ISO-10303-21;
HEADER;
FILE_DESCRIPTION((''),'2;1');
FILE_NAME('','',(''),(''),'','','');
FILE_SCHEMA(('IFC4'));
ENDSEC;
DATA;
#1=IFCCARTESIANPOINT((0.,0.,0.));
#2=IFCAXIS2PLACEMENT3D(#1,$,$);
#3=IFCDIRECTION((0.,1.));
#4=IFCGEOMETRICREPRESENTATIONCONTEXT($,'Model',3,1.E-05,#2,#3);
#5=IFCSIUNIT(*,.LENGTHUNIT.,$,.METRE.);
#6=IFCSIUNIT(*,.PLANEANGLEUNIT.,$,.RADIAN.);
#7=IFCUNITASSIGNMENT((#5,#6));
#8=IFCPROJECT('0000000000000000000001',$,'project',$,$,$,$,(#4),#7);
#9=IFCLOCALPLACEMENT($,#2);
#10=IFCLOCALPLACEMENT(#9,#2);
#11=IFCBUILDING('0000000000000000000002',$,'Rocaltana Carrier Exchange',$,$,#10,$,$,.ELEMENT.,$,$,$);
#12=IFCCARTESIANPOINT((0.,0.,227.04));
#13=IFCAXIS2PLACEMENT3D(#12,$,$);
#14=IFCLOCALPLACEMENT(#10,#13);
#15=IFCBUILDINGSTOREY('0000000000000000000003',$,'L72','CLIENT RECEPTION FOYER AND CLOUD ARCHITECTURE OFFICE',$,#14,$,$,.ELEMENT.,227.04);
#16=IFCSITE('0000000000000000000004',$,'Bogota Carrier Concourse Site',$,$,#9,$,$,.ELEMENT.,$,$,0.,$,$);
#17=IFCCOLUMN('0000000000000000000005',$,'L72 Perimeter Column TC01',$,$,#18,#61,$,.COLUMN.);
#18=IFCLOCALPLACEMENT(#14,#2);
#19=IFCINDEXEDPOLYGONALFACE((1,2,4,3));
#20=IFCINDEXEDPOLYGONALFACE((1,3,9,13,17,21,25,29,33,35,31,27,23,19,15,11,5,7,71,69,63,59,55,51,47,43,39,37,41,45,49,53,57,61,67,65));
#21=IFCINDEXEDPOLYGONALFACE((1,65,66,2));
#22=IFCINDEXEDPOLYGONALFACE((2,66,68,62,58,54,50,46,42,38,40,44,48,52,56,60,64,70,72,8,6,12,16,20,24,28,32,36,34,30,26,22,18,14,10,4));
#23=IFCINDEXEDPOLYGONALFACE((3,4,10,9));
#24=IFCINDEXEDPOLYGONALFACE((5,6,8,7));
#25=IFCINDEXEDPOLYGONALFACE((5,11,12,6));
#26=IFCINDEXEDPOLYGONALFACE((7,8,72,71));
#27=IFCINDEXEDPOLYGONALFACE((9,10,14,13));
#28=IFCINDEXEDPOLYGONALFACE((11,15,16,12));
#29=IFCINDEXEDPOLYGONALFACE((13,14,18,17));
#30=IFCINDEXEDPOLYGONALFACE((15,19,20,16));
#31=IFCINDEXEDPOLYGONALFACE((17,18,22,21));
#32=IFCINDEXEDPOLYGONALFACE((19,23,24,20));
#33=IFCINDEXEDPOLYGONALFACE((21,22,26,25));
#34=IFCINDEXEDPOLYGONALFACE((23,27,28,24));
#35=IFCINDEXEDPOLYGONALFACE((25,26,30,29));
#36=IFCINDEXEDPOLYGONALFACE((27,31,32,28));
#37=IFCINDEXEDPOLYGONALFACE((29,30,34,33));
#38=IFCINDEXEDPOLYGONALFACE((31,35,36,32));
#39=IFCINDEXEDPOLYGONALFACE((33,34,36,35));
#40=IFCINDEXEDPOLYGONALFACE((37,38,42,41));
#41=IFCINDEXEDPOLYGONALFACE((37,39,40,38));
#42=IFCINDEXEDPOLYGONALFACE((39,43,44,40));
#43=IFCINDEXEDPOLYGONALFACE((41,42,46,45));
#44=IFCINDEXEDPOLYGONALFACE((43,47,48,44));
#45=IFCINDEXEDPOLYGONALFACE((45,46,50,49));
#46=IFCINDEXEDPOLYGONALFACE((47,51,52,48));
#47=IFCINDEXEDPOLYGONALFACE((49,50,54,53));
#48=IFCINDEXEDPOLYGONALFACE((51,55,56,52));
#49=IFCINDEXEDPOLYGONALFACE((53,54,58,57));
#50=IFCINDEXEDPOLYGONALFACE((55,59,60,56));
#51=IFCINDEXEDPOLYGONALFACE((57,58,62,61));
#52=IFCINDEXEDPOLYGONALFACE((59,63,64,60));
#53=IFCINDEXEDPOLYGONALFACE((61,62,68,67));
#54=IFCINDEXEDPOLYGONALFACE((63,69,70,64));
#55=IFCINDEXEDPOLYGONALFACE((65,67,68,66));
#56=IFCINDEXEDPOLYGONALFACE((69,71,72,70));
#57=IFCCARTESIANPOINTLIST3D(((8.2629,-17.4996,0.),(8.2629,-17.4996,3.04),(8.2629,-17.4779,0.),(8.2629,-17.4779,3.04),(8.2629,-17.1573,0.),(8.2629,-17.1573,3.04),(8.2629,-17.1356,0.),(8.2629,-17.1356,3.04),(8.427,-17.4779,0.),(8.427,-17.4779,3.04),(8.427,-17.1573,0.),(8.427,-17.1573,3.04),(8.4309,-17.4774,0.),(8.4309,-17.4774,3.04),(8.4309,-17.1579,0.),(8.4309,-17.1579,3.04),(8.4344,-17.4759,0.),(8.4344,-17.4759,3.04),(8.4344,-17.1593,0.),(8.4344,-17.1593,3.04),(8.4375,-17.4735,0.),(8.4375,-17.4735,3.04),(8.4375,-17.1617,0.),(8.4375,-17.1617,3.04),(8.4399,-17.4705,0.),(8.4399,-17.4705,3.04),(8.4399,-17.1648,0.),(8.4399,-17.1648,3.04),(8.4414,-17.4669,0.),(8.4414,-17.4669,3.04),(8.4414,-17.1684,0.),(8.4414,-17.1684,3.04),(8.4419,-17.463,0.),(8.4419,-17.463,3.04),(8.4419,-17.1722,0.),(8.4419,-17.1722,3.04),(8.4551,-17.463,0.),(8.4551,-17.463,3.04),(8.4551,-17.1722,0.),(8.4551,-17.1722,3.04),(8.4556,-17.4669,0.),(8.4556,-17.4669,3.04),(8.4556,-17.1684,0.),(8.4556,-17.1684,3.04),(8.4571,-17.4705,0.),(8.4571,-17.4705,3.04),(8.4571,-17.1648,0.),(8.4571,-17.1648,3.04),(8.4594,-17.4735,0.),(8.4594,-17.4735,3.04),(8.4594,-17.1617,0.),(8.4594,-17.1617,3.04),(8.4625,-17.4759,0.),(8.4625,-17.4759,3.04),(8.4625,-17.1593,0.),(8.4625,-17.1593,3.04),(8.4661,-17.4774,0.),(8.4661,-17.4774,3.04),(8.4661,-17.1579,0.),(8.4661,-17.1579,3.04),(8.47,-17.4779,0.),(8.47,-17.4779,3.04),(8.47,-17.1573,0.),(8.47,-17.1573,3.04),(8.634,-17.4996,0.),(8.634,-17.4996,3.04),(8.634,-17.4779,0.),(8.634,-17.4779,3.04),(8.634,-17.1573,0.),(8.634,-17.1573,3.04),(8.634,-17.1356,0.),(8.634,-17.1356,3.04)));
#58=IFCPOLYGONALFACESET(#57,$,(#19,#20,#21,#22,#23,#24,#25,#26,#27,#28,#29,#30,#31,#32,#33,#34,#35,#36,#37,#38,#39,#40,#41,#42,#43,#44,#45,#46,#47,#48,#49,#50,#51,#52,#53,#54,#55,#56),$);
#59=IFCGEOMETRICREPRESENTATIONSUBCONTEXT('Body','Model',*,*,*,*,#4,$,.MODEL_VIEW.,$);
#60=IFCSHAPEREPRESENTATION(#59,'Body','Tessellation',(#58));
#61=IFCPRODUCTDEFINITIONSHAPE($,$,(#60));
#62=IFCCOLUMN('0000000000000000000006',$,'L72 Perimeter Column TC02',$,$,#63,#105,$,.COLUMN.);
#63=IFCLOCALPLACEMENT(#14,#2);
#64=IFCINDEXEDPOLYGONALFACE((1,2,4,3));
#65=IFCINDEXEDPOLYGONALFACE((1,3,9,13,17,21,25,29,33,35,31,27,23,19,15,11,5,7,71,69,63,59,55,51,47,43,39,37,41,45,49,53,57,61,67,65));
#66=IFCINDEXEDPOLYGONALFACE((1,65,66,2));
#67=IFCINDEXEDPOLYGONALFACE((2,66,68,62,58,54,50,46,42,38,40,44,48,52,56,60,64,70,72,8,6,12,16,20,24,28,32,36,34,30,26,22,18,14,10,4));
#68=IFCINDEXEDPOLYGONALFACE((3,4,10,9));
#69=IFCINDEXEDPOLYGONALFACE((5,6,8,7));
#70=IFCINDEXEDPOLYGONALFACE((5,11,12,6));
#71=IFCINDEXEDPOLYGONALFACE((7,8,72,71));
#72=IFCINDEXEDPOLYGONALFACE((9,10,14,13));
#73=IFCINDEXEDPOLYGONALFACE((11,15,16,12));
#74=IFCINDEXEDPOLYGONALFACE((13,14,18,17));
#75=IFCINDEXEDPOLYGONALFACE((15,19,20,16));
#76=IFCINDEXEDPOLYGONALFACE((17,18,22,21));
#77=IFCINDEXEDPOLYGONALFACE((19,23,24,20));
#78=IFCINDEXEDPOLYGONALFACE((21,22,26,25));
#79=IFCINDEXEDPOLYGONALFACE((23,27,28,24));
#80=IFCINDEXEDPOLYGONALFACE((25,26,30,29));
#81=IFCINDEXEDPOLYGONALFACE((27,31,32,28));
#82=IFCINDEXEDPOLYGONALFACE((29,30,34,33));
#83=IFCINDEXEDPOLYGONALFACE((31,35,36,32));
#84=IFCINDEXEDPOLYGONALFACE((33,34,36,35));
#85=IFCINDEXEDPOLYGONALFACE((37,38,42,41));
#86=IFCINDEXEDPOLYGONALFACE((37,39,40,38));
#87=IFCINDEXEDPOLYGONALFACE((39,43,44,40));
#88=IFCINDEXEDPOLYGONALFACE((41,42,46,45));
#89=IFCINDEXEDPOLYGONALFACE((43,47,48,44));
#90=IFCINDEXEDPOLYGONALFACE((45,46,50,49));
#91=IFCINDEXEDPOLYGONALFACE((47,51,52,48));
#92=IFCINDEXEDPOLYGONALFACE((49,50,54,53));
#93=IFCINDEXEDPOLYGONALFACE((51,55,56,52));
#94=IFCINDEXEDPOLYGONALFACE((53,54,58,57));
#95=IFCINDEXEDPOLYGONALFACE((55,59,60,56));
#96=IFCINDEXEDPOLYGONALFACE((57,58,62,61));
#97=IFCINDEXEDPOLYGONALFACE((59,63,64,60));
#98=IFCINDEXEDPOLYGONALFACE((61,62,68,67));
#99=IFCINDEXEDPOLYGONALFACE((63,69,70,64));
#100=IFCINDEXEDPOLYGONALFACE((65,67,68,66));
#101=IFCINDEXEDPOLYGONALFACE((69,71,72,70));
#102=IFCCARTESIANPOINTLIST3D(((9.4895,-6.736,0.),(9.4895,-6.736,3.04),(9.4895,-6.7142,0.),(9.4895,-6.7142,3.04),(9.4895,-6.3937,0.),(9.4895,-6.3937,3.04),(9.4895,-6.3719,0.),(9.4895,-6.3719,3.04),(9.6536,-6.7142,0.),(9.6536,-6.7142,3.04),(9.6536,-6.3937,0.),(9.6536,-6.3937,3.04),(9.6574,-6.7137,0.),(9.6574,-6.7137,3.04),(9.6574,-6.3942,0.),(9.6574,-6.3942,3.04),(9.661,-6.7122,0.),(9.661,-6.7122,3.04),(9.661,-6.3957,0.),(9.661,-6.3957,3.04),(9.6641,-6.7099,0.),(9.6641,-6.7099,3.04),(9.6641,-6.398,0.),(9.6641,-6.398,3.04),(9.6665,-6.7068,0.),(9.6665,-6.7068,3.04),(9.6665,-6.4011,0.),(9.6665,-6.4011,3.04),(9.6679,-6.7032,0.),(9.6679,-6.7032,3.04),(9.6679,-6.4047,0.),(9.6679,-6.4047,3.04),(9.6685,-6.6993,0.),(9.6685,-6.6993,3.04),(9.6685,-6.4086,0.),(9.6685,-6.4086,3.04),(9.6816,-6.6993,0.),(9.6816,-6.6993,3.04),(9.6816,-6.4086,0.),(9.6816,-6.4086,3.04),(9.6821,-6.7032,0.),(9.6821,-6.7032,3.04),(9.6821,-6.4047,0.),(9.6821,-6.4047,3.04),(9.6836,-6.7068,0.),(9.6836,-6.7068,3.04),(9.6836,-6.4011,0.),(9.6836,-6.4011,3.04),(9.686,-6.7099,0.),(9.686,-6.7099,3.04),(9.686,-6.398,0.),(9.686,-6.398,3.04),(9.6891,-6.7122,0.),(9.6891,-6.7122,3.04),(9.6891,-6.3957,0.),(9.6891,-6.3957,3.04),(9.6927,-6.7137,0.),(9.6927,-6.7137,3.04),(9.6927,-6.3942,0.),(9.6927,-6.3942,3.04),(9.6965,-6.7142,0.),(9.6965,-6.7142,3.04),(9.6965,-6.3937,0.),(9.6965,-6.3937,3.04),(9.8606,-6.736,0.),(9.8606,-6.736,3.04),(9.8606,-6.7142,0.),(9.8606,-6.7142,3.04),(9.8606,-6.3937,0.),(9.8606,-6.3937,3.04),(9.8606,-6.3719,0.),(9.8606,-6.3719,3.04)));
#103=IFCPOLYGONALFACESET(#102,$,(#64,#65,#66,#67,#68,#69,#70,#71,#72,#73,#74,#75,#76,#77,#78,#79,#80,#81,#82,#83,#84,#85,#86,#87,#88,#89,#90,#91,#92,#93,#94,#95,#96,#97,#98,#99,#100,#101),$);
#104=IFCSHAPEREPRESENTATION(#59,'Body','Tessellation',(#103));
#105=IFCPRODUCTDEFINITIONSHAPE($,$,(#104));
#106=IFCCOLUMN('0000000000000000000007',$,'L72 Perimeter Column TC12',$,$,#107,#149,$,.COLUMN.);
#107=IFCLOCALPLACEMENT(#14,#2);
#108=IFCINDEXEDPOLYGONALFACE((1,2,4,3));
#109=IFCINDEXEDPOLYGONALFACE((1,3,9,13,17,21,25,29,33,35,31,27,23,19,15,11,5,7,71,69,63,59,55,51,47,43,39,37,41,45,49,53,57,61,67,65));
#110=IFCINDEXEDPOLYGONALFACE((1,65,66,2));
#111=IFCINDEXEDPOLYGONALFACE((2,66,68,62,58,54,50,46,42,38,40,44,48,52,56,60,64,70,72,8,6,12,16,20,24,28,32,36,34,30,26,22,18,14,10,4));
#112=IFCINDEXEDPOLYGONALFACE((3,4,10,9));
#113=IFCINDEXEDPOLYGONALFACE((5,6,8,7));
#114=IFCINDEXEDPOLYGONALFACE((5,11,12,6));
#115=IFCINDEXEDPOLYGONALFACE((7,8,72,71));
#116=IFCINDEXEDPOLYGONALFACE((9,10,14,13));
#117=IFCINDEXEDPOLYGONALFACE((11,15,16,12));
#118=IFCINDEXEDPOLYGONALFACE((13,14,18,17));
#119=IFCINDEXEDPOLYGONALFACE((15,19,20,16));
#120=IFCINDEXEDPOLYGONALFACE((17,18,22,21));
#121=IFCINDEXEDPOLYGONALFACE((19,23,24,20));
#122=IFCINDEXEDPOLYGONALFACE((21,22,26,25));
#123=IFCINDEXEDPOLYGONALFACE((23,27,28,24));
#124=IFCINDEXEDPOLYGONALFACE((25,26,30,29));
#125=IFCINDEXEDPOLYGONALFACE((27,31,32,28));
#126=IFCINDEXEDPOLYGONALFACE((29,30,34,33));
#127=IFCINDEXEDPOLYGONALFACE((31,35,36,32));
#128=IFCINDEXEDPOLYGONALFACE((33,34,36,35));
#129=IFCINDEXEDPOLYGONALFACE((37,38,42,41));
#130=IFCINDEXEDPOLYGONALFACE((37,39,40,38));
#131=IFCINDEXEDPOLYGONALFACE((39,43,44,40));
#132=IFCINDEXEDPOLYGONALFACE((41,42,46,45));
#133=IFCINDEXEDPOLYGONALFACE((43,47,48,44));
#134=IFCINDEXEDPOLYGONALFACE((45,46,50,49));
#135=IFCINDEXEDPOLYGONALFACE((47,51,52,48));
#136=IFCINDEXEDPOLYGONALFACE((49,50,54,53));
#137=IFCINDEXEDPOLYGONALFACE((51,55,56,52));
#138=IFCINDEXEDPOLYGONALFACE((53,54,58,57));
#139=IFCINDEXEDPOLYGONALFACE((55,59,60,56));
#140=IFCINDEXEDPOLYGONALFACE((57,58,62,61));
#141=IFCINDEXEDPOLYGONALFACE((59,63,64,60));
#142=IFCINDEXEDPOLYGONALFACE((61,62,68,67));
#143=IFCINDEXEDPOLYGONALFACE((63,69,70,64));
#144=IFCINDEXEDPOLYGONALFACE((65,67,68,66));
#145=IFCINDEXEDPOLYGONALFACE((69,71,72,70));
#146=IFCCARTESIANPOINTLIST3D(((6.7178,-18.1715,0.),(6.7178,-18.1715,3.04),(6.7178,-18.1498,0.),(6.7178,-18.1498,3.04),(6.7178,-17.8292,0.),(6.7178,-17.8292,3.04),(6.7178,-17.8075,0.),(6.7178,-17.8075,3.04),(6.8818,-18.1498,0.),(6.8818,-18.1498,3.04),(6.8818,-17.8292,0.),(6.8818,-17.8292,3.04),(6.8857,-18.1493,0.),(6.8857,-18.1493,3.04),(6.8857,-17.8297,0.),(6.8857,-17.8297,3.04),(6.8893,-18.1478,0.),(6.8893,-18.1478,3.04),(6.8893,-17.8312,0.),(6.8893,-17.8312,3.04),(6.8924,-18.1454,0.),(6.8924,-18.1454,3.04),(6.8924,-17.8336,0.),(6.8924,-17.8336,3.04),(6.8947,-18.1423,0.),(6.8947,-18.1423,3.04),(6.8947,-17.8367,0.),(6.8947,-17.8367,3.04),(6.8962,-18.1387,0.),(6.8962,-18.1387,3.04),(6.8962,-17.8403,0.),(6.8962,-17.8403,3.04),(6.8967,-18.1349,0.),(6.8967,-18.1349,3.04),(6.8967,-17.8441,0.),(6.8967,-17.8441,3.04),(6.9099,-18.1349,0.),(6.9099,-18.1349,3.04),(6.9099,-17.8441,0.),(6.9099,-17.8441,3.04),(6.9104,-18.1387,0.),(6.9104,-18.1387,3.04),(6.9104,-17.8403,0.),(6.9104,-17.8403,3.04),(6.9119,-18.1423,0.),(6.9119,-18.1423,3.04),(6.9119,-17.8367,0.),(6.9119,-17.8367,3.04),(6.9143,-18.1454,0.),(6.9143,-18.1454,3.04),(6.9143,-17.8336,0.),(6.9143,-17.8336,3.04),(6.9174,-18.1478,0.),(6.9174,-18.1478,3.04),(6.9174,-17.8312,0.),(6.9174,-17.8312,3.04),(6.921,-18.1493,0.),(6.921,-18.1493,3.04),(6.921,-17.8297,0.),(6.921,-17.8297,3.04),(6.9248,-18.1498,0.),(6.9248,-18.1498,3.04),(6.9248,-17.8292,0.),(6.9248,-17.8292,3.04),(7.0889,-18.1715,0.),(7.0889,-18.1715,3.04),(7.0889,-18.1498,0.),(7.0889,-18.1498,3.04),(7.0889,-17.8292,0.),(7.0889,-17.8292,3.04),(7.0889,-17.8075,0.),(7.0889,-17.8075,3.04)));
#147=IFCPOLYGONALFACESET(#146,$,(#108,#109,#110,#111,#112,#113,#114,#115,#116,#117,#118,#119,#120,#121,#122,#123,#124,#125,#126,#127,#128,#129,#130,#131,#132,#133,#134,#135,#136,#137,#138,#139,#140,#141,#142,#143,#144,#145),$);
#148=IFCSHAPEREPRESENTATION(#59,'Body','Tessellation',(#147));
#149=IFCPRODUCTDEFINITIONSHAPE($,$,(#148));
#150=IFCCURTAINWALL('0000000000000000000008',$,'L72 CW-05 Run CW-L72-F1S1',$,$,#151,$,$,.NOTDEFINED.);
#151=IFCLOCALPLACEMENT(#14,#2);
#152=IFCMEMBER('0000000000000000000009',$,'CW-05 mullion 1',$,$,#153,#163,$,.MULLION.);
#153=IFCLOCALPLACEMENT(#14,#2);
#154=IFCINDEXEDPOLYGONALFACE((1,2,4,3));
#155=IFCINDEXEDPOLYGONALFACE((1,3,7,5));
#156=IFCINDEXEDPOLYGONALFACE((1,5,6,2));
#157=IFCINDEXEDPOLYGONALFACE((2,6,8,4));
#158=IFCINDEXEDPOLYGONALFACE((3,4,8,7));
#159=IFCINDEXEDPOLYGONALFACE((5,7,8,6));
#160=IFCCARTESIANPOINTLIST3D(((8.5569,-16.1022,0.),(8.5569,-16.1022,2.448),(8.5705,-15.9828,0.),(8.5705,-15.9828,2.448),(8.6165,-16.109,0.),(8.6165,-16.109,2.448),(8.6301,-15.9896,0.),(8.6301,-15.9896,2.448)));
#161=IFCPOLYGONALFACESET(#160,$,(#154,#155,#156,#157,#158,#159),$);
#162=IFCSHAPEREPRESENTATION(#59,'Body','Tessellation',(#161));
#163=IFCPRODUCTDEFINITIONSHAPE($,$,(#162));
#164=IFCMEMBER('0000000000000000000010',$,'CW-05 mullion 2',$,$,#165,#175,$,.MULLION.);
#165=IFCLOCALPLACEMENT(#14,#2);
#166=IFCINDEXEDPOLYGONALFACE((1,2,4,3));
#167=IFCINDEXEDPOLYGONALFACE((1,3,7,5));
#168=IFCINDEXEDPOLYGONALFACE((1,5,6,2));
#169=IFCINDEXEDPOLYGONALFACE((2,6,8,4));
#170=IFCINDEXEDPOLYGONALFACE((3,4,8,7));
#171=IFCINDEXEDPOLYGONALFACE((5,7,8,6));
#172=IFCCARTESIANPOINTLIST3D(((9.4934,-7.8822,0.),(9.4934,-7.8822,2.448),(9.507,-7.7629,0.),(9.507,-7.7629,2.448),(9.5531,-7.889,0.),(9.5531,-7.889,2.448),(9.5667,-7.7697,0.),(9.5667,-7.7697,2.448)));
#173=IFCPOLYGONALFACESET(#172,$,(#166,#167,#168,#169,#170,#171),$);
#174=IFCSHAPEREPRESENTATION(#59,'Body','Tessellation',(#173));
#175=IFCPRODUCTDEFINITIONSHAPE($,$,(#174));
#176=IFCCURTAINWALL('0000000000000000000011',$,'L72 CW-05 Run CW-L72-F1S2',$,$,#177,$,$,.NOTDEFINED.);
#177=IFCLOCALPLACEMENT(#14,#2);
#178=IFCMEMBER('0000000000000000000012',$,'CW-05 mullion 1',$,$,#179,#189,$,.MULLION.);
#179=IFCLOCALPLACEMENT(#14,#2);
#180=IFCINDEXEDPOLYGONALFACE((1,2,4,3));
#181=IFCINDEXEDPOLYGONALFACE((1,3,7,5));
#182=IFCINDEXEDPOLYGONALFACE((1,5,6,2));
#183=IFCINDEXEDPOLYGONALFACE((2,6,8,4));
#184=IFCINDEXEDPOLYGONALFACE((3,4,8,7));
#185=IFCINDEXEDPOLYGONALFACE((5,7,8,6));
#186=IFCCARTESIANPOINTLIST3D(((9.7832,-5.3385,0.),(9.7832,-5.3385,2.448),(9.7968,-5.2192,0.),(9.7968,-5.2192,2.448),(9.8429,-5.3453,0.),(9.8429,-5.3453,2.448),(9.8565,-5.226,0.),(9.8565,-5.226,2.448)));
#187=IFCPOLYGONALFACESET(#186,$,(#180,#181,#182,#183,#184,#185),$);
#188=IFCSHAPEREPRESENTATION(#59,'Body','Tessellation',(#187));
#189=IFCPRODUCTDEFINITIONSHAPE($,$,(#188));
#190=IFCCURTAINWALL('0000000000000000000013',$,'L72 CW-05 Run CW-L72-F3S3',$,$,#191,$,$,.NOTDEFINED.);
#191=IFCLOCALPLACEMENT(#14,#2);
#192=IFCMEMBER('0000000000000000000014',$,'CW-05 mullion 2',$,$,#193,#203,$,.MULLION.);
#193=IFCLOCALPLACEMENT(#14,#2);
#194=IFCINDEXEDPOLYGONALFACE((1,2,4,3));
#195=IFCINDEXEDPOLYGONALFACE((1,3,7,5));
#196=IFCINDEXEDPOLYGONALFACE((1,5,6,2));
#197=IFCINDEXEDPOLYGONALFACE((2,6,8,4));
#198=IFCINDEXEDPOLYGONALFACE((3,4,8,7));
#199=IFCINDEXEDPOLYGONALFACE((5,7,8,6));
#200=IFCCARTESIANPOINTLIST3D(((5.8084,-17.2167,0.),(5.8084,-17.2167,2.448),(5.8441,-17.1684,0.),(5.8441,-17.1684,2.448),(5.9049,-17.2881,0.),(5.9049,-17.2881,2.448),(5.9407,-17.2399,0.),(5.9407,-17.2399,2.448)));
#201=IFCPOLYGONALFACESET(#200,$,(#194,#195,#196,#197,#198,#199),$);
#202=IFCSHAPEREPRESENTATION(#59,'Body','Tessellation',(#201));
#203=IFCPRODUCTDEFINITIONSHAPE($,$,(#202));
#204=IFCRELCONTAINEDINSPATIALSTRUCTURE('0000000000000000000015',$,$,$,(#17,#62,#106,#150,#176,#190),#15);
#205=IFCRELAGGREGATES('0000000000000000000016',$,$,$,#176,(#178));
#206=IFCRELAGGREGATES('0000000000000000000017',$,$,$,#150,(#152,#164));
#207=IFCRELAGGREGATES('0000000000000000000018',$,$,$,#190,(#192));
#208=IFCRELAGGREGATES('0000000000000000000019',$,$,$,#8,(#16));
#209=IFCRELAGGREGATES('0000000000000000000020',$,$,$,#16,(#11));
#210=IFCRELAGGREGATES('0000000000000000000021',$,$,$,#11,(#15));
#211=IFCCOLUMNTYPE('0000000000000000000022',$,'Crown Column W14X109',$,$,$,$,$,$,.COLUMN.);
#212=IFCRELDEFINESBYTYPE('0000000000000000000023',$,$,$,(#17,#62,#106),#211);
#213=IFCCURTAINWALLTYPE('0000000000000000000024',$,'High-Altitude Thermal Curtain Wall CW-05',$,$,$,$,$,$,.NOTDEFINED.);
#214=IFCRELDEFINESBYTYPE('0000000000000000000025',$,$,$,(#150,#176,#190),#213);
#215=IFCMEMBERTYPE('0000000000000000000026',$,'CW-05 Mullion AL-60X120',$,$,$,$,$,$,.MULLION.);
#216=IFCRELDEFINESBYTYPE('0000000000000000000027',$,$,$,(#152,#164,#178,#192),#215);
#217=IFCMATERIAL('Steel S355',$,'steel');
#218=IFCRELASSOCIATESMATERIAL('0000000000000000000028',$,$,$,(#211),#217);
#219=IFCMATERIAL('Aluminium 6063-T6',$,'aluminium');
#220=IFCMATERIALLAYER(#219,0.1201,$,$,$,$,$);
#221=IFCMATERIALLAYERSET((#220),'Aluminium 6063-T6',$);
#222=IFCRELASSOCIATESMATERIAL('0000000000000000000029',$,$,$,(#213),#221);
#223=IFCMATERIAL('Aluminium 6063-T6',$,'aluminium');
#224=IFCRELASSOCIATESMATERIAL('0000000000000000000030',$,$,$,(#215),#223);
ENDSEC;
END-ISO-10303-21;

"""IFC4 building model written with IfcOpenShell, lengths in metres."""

from ifc_helpers import new_model, si_unit, direction, frame, origin, origin_2d, place, context, subcontext, project, spatial, rectangle, i_section, extrude, material, layer, layer_set, material_profile, profile_set, type_object, element, aggregate, save


model = new_model("IFC4")

# Units and contexts
model_context = context("Model", 3, precision=1e-05, world=origin(), true_north=direction((0.0, 1.0)))
body_context = subcontext(model_context, "Body", "Model", "MODEL_VIEW")
ifc_project = project(units=[si_unit("LENGTHUNIT", "METRE"), si_unit("PLANEANGLEUNIT", "RADIAN")], contexts=[model_context])

# Site, building, storey
site_placement = place(None, origin())
site = spatial("IfcSite", under=ifc_project, at=site_placement, Name="Bogota Carrier Concourse Site", CompositionType="ELEMENT", RefElevation=0.0)
building_placement = place(site_placement, origin())
building = spatial("IfcBuilding", under=site, at=building_placement, Name="Rocaltana Carrier Exchange", CompositionType="ELEMENT")
storey_placement = place(building_placement, frame((0.0, 0.0, 227.04)))
storey = spatial("IfcBuildingStorey", under=building, at=storey_placement, Name="L72", Description="CLIENT RECEPTION FOYER AND CLOUD ARCHITECTURE OFFICE", CompositionType="ELEMENT", Elevation=227.04)

# Columns
ifc_material_1 = material(Name="Steel S355", Category="steel")
ifc_material_profile_1 = material_profile(ifc_material_1, i_section(OverallWidth=0.3711, OverallDepth=0.364, WebThickness=0.0132, FlangeThickness=0.0217, FilletRadius=0.0149, at=origin_2d()), Name="W14X109")
ifc_profile_set_1 = profile_set([ifc_material_profile_1], Name="Steel S355")
column_type = type_object("IfcColumnType", Name="Crown Column W14X109", PredefinedType="COLUMN", material=ifc_profile_set_1)
for number, where, z_axis, x_axis, name in (
    (1, (8.4485, -17.3176, 0.0), (0.0, 0.0, 1.0), (1.0, 0.0, 0.0), "L72 Perimeter Column TC01"),
    (2, (9.675, -6.554, 0.0), (0.0, 0.0, 1.0), (1.0, 0.0, 0.0), "L72 Perimeter Column TC02"),
    (3, (6.9033, -17.9895, 0.0), (0.0, 0.0, 1.0), (1.0, 0.0, 0.0), "L72 Perimeter Column TC12"),
):
    element("IfcColumn", number, at=place(storey_placement, frame(where, z_axis=z_axis, x_axis=x_axis)), inside=storey, type_object=column_type, Name=name, PredefinedType="COLUMN", context=body_context, shape_type="SweptSolid", body=[
        extrude(i_section(OverallWidth=0.3711, OverallDepth=0.364, WebThickness=0.0132, FlangeThickness=0.0217, FilletRadius=0.0149, at=origin_2d()), origin(), (0.0, 0.0, 1.0), 3.04),
    ])

# Curtain wall, members
ifc_material_2 = material(Name="Aluminium 6063-T6", Category="aluminium")
ifc_layer_1 = layer(ifc_material_2, 0.1201)
ifc_layer_set_1 = layer_set([ifc_layer_1], Name="Aluminium 6063-T6")
curtain_wall_type = type_object("IfcCurtainWallType", Name="High-Altitude Thermal Curtain Wall CW-05", PredefinedType="NOTDEFINED", material=ifc_layer_set_1)
curtain_wall_1_placement = place(storey_placement, origin())
curtain_wall_1 = element("IfcCurtainWall", 4, at=curtain_wall_1_placement, inside=storey, type_object=curtain_wall_type, Name="L72 CW-05 Run CW-L72-F1S1", PredefinedType="NOTDEFINED")
ifc_material_3 = material(Name="Aluminium 6063-T6", Category="aluminium")
ifc_material_profile_2 = material_profile(ifc_material_3, rectangle(XDim=0.0601, YDim=0.1201, at=origin_2d()), Name="AL-60X120")
ifc_profile_set_2 = profile_set([ifc_material_profile_2], Name="Aluminium 6063-T6")
member_type_1 = type_object("IfcMemberType", Name="CW-05 Mullion AL-60X120", PredefinedType="MULLION", material=ifc_profile_set_2)
member_1_placement = place(storey_placement, frame((8.5935, -16.0459, 0.0), z_axis=(0.0, 0.0, 1.0), x_axis=(-0.993571, 0.113209, 0.0)))
member_1 = element("IfcMember", 5, at=member_1_placement, type_object=member_type_1, Name="CW-05 mullion 1", PredefinedType="MULLION", context=body_context, shape_type="SweptSolid", body=[
    extrude(rectangle(XDim=0.0601, YDim=0.1201, at=origin_2d()), origin(), (0.0, 0.0, 1.0), 2.448),
])
member_2_placement = place(storey_placement, frame((9.53, -7.8259, 0.0), z_axis=(0.0, 0.0, 1.0), x_axis=(-0.993571, 0.113209, 0.0)))
member_2 = element("IfcMember", 6, at=member_2_placement, type_object=member_type_1, Name="CW-05 mullion 2", PredefinedType="MULLION", context=body_context, shape_type="SweptSolid", body=[
    extrude(rectangle(XDim=0.0601, YDim=0.1201, at=origin_2d()), origin(), (0.0, 0.0, 1.0), 2.448),
])

# Curtain walls, members
curtain_wall_2_placement = place(storey_placement, origin())
curtain_wall_2 = element("IfcCurtainWall", 7, at=curtain_wall_2_placement, inside=storey, type_object=curtain_wall_type, Name="L72 CW-05 Run CW-L72-F1S2", PredefinedType="NOTDEFINED")
member_3_placement = place(storey_placement, frame((9.8198, -5.2822, 0.0), z_axis=(0.0, 0.0, 1.0), x_axis=(-0.993571, 0.113209, 0.0)))
member_3 = element("IfcMember", 8, at=member_3_placement, type_object=member_type_1, Name="CW-05 mullion 1", PredefinedType="MULLION", context=body_context, shape_type="SweptSolid", body=[
    extrude(rectangle(XDim=0.0601, YDim=0.1201, at=origin_2d()), origin(), (0.0, 0.0, 1.0), 2.448),
])
aggregate(curtain_wall_2, [member_3])
curtain_wall_3_placement = place(storey_placement, origin())
curtain_wall_3 = element("IfcCurtainWall", 9, at=curtain_wall_3_placement, inside=storey, type_object=curtain_wall_type, Name="L72 CW-05 Run CW-L72-F3S3", PredefinedType="NOTDEFINED")
member_4_placement = place(storey_placement, frame((5.8745, -17.2283, 0.0), z_axis=(0.0, 0.0, 1.0), x_axis=(0.594827, 0.803854, 0.0)))
member_4 = element("IfcMember", 10, at=member_4_placement, type_object=member_type_1, Name="CW-05 mullion 2", PredefinedType="MULLION", context=body_context, shape_type="SweptSolid", body=[
    extrude(rectangle(XDim=0.0601, YDim=0.1201, at=origin_2d()), origin(), (0.0, 0.0, 1.0), 2.448),
])

aggregate(curtain_wall_1, [member_1, member_2])
aggregate(curtain_wall_3, [member_4])

save(model, "model.ifc")
